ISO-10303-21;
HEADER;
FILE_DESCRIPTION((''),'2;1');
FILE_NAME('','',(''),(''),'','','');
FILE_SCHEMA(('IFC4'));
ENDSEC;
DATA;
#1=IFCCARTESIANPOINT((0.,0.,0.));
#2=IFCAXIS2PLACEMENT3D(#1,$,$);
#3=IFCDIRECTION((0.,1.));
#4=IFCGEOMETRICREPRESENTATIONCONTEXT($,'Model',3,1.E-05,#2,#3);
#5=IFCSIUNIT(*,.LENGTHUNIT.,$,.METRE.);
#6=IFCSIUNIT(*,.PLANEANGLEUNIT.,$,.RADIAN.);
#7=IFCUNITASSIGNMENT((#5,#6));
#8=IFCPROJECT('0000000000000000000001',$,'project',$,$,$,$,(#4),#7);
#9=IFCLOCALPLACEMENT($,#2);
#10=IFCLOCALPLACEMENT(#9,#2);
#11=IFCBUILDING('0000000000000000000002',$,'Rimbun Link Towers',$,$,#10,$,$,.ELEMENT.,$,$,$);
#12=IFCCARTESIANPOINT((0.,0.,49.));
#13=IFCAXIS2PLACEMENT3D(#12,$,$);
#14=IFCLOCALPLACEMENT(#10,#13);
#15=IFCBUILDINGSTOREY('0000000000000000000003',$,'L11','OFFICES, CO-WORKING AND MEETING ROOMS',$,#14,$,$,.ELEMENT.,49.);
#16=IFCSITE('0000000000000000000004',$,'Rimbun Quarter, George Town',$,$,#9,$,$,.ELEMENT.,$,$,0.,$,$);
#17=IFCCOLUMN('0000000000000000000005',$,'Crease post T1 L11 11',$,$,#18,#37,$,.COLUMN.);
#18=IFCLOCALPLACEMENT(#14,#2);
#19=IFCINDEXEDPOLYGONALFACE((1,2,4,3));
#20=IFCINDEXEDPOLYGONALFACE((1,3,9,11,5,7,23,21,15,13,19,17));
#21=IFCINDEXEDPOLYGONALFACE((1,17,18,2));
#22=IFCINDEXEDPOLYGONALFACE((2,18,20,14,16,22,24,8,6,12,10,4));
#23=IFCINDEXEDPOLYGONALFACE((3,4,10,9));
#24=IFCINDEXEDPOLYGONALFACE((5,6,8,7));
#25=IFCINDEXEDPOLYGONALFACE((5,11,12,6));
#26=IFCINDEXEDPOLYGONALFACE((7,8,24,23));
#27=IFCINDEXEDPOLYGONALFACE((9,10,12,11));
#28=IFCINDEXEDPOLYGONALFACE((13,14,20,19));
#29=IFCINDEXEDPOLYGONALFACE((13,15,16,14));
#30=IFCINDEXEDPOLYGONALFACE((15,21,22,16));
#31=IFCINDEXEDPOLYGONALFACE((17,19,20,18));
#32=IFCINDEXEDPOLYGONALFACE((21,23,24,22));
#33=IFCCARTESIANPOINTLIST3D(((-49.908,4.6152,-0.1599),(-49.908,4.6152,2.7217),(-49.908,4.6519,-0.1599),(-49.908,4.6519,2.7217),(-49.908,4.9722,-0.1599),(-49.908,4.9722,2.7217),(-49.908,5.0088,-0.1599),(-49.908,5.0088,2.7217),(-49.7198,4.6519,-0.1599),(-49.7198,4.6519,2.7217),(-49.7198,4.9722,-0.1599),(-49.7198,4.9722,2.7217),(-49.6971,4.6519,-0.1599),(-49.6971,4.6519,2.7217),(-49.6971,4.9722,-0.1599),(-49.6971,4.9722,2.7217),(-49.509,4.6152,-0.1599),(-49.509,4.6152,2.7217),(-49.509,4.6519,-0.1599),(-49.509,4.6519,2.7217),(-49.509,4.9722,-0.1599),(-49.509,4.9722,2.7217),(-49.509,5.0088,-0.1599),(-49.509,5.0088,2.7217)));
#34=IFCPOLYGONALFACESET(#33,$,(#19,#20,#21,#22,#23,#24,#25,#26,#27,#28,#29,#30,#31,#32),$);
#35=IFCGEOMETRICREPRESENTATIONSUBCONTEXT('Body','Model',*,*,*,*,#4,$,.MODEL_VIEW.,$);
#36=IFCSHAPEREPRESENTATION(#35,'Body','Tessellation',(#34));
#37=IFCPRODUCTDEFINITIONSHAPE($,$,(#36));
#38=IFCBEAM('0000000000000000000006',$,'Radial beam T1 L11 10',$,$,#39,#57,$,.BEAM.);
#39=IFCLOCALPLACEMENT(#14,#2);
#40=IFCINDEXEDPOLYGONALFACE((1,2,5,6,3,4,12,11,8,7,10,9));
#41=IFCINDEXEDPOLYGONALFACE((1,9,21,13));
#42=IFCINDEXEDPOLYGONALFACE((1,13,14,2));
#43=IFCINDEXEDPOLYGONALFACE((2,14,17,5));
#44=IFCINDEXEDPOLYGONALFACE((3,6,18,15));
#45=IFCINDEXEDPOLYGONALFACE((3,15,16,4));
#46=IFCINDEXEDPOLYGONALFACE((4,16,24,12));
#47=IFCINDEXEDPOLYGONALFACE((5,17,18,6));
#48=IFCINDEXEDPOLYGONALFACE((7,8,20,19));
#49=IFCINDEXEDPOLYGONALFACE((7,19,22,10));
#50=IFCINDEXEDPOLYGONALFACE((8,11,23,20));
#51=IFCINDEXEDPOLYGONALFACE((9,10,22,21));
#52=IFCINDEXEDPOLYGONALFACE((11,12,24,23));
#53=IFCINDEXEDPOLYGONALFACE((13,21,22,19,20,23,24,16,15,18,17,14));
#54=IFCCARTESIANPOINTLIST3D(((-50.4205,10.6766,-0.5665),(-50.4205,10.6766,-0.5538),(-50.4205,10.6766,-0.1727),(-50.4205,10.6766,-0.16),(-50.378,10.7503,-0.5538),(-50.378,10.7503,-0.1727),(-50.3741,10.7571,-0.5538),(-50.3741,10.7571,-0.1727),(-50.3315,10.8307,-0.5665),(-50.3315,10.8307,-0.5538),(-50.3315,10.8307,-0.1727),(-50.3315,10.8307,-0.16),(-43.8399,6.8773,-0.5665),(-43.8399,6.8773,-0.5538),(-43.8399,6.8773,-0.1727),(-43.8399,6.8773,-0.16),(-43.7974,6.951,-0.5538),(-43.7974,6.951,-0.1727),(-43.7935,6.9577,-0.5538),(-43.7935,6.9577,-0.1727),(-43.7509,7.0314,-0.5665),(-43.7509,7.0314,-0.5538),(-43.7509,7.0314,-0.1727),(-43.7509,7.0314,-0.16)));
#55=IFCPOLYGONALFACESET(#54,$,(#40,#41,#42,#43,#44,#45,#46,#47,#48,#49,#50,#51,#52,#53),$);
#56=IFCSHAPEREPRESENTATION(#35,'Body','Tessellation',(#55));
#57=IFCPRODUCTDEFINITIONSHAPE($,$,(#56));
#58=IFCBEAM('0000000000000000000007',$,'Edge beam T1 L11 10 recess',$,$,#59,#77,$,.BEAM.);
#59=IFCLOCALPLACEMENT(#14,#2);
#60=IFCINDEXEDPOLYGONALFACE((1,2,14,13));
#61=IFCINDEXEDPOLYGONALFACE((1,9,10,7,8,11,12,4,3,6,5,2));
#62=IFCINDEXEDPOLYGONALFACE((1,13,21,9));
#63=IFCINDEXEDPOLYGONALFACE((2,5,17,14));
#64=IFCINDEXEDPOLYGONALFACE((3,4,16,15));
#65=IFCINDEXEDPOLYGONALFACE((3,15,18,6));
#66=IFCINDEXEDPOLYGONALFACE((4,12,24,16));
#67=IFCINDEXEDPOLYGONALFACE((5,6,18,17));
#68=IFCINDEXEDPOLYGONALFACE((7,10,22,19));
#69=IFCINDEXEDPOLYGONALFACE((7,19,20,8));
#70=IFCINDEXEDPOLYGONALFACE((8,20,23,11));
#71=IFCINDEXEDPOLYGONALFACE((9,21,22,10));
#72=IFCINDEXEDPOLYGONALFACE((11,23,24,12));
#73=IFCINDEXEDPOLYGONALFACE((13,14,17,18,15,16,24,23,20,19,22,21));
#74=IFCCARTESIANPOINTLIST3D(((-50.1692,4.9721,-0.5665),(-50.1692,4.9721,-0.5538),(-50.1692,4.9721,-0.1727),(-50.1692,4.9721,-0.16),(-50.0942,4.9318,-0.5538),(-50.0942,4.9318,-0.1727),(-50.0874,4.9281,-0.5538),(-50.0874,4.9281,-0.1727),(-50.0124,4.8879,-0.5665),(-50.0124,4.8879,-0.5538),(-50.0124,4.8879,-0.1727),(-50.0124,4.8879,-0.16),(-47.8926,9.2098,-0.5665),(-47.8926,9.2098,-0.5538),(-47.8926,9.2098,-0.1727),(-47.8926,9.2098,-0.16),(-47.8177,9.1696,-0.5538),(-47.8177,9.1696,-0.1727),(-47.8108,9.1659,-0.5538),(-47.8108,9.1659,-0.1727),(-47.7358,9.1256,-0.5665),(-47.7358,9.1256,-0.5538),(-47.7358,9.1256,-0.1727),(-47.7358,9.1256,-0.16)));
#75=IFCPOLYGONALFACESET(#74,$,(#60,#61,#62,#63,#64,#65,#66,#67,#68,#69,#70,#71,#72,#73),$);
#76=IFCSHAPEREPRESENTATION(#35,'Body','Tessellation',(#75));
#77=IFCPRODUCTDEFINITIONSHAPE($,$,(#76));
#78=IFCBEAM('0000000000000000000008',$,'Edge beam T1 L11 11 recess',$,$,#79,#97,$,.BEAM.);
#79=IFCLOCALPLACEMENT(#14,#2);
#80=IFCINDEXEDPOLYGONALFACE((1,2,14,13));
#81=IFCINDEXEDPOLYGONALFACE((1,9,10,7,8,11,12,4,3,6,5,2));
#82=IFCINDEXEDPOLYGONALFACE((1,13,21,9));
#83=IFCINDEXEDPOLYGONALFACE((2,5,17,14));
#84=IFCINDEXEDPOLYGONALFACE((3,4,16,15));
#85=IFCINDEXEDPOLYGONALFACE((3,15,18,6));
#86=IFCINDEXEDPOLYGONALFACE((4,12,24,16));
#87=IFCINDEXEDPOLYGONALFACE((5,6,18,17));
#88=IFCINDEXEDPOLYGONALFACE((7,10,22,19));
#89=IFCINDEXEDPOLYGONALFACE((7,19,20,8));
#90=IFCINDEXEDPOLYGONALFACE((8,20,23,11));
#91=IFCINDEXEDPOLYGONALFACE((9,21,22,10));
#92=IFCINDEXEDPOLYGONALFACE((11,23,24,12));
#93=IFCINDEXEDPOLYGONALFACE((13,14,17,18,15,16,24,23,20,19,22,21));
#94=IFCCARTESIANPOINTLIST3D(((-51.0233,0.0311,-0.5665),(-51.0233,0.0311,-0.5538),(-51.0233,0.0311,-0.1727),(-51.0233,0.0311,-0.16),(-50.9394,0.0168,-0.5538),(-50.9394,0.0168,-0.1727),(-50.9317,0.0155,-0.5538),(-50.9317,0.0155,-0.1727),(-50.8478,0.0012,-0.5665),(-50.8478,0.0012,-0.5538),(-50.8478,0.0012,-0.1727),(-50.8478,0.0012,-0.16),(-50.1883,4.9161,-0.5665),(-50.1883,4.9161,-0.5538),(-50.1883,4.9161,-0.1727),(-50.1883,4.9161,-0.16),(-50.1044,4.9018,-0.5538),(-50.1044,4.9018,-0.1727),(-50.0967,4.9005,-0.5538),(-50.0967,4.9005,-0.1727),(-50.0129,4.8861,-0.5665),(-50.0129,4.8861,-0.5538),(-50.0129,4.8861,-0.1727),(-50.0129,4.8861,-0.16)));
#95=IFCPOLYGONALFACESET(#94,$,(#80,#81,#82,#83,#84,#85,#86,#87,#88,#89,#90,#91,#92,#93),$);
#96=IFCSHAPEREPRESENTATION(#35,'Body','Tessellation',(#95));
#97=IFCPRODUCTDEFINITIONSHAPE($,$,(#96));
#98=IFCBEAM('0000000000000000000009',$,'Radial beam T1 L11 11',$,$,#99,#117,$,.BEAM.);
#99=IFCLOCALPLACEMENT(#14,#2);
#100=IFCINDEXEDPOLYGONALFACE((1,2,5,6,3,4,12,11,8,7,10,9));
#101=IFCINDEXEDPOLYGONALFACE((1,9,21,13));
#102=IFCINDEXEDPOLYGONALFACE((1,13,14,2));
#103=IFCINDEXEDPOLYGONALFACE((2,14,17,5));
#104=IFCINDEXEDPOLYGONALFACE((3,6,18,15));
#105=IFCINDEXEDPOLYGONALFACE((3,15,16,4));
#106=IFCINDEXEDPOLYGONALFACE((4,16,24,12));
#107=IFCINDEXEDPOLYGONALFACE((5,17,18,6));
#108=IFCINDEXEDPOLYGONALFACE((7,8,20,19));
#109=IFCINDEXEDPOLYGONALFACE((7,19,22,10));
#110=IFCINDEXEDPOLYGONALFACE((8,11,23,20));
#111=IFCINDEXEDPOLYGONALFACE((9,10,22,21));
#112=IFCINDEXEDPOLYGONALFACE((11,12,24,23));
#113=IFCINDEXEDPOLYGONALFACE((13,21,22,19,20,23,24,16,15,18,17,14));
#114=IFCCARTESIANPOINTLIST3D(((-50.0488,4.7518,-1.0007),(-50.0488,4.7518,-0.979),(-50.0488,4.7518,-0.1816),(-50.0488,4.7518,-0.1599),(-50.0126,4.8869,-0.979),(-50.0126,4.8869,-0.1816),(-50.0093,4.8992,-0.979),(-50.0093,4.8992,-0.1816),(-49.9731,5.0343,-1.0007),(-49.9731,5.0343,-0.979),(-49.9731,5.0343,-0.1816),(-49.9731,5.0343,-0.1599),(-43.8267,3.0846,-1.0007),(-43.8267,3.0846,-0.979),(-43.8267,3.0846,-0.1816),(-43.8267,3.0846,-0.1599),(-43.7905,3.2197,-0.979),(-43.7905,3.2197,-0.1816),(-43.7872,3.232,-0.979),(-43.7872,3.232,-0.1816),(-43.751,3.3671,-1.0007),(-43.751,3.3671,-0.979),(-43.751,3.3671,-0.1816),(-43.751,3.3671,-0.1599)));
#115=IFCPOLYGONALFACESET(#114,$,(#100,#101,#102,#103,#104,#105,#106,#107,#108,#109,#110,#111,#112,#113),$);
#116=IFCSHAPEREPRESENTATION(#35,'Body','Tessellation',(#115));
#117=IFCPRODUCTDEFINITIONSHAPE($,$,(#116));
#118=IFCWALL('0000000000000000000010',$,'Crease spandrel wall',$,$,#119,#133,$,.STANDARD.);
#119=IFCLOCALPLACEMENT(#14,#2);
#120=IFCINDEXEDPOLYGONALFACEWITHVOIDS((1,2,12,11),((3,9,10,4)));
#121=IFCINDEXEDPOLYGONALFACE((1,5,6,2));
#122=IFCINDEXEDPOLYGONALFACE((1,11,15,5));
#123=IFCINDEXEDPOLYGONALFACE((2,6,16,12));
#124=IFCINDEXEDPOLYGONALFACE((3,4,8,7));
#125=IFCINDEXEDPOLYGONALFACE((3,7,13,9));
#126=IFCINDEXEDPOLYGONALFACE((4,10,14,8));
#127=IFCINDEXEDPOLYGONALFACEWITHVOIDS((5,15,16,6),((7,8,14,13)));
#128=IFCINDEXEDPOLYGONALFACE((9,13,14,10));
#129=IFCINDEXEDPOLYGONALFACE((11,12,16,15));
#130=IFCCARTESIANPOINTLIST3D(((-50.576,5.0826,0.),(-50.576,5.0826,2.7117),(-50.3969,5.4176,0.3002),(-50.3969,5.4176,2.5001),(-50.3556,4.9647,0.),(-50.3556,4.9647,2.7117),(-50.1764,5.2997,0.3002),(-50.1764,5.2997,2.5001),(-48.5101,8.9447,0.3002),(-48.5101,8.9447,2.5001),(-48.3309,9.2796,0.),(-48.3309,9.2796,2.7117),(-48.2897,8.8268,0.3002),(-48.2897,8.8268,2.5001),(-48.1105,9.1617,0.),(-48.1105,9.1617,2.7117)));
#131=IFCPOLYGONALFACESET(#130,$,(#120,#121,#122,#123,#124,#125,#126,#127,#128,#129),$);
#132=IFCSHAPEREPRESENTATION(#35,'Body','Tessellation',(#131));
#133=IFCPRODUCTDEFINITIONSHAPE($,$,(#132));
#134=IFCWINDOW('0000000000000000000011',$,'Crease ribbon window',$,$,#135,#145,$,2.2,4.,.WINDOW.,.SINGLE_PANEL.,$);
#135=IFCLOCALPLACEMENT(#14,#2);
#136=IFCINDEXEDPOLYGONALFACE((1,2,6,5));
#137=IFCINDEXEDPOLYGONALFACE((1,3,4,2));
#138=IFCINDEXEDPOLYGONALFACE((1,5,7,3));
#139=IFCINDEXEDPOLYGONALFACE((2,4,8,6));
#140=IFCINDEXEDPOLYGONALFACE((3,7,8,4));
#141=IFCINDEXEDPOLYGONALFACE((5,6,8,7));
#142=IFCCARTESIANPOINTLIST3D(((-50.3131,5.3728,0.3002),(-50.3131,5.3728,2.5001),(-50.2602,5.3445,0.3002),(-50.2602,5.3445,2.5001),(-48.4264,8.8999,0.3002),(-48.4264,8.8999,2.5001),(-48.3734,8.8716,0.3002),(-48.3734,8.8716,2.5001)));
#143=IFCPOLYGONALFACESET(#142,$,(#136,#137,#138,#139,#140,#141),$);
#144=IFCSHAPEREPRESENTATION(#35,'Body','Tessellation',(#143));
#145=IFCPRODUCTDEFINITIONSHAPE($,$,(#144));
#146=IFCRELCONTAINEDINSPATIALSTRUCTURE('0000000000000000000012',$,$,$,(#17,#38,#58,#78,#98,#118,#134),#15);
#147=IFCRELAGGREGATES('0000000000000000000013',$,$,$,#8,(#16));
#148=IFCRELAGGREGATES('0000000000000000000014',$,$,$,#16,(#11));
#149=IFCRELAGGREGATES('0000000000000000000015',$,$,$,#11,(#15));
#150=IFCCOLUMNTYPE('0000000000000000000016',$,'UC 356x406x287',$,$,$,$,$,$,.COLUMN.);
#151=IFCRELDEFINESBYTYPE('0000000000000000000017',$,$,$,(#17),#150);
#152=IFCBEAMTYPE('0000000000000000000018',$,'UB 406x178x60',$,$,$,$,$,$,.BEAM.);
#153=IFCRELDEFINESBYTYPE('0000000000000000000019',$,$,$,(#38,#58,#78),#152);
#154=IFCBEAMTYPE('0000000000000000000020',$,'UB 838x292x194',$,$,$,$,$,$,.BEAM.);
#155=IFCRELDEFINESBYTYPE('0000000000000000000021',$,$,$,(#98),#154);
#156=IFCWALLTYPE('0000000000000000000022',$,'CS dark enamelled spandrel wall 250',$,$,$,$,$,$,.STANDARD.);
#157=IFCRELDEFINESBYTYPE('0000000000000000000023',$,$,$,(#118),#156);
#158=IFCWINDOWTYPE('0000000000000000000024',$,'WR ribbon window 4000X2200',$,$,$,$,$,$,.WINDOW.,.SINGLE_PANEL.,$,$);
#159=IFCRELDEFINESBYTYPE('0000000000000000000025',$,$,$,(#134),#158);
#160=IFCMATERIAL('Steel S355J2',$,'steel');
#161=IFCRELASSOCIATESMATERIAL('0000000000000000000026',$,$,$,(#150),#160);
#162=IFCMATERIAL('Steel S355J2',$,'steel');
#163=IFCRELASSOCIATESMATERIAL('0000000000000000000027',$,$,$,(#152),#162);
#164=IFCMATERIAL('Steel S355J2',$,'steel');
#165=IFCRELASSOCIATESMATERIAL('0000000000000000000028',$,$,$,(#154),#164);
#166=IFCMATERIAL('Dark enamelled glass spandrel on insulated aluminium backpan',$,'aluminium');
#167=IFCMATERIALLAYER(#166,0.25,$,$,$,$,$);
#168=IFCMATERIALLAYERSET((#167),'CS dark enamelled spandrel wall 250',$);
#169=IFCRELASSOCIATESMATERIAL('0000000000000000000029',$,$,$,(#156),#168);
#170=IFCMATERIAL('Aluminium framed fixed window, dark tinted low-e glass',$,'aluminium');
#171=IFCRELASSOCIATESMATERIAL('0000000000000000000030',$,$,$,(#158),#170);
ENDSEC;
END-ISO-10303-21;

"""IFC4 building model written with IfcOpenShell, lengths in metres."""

from ifc_helpers import new_model, si_unit, direction, frame, frame_2d, origin, origin_2d, place, context, subcontext, project, spatial, rectangle, i_section, extrude, material, layer, layer_set, material_profile, profile_set, type_object, element, fill, save


model = new_model("IFC4")

# Units and contexts
model_context = context("Model", 3, precision=1e-05, world=origin(), true_north=direction((0.0, 1.0)))
body_context = subcontext(model_context, "Body", "Model", "MODEL_VIEW")
ifc_project = project(units=[si_unit("LENGTHUNIT", "METRE"), si_unit("PLANEANGLEUNIT", "RADIAN")], contexts=[model_context])

# Site, building, storey
site_placement = place(None, origin())
site = spatial("IfcSite", under=ifc_project, at=site_placement, Name="Rimbun Quarter, George Town", CompositionType="ELEMENT", RefElevation=0.0)
building_placement = place(site_placement, origin())
building = spatial("IfcBuilding", under=site, at=building_placement, Name="Rimbun Link Towers", CompositionType="ELEMENT")
storey_placement = place(building_placement, frame((0.0, 0.0, 49.0)))
storey = spatial("IfcBuildingStorey", under=building, at=storey_placement, Name="L11", Description="OFFICES, CO-WORKING AND MEETING ROOMS", CompositionType="ELEMENT", Elevation=49.0)

# Column
ifc_material_1 = material(Name="Steel S355J2", Category="steel")
ifc_material_profile_1 = material_profile(ifc_material_1, i_section(OverallWidth=0.3989, OverallDepth=0.3936, WebThickness=0.0227, FlangeThickness=0.0366, at=origin_2d()), Name="UC 356x406x287")
ifc_profile_set_1 = profile_set([ifc_material_profile_1], Name="Steel S355J2")
column_type = type_object("IfcColumnType", Name="UC 356x406x287", PredefinedType="COLUMN", material=ifc_profile_set_1)
column_placement = place(storey_placement, frame((-49.7085, 4.812, -0.1599), z_axis=(0.0, 0.0, 1.0), x_axis=(1.0, 0.0, 0.0)))
element("IfcColumn", 1, at=column_placement, inside=storey, type_object=column_type, Name="Crease post T1 L11 11", PredefinedType="COLUMN", context=body_context, shape_type="SweptSolid", body=[
    extrude(i_section(OverallWidth=0.3989, OverallDepth=0.3936, WebThickness=0.0227, FlangeThickness=0.0366, at=origin_2d()), origin(), (0.0, 0.0, 1.0), 2.8816),
])

# Beams
ifc_material_2 = material(Name="Steel S355J2", Category="steel")
ifc_material_profile_2 = material_profile(ifc_material_2, i_section(OverallWidth=0.178, OverallDepth=0.4065, WebThickness=0.0078, FlangeThickness=0.0127, at=origin_2d()), Name="UB 406x178x60")
ifc_profile_set_2 = profile_set([ifc_material_profile_2], Name="Steel S355J2")
beam_type_1 = type_object("IfcBeamType", Name="UB 406x178x60", PredefinedType="BEAM", material=ifc_profile_set_2)
beam_1_placement = place(storey_placement, frame((-43.7954, 6.9543, -0.3633), z_axis=(-0.866024, 0.500002, 0.0), x_axis=(-0.500002, -0.866024, 0.0)))
element("IfcBeam", 2, at=beam_1_placement, inside=storey, type_object=beam_type_1, Name="Radial beam T1 L11 10", PredefinedType="BEAM", context=body_context, shape_type="SweptSolid", body=[
    extrude(i_section(OverallWidth=0.178, OverallDepth=0.4065, WebThickness=0.0078, FlangeThickness=0.0127, at=origin_2d()), origin(), (0.0, 0.0, 1.0), 7.5986),
])
beam_2_placement = place(storey_placement, frame((-47.8142, 9.1677, -0.3633), z_axis=(-0.473249, -0.880929, 0.0), x_axis=(0.880929, -0.473249, 0.0)))
element("IfcBeam", 3, at=beam_2_placement, inside=storey, type_object=beam_type_1, Name="Edge beam T1 L11 10 recess", PredefinedType="BEAM", context=body_context, shape_type="SweptSolid", body=[
    extrude(i_section(OverallWidth=0.178, OverallDepth=0.4065, WebThickness=0.0078, FlangeThickness=0.0127, at=origin_2d()), origin(), (0.0, 0.0, 1.0), 4.8105),
])
beam_3_placement = place(storey_placement, frame((-50.1006, 4.9011, -0.3633), z_axis=(-0.16848, -0.985705, 0.0), x_axis=(0.985705, -0.16848, 0.0)))
element("IfcBeam", 4, at=beam_3_placement, inside=storey, type_object=beam_type_1, Name="Edge beam T1 L11 11 recess", PredefinedType="BEAM", context=body_context, shape_type="SweptSolid", body=[
    extrude(i_section(OverallWidth=0.178, OverallDepth=0.4065, WebThickness=0.0078, FlangeThickness=0.0127, at=origin_2d()), origin(), (0.0, 0.0, 1.0), 4.9558),
])
ifc_material_3 = material(Name="Steel S355J2", Category="steel")
ifc_material_profile_3 = material_profile(ifc_material_3, i_section(OverallWidth=0.2925, OverallDepth=0.8408, WebThickness=0.0127, FlangeThickness=0.0217, at=origin_2d()), Name="UB 838x292x194")
ifc_profile_set_3 = profile_set([ifc_material_profile_3], Name="Steel S355J2")
beam_type_2 = type_object("IfcBeamType", Name="UB 838x292x194", PredefinedType="BEAM", material=ifc_profile_set_3)
beam_4_placement = place(storey_placement, frame((-43.7888, 3.2258, -0.5803), z_axis=(-0.965925, 0.258821, 0.0), x_axis=(-0.258821, -0.965925, 0.0)))
element("IfcBeam", 5, at=beam_4_placement, inside=storey, type_object=beam_type_2, Name="Radial beam T1 L11 11", PredefinedType="BEAM", context=body_context, shape_type="SweptSolid", body=[
    extrude(i_section(OverallWidth=0.2925, OverallDepth=0.8408, WebThickness=0.0127, FlangeThickness=0.0217, at=origin_2d()), origin(), (0.0, 0.0, 1.0), 6.4417),
])

# Wall, opening, window
ifc_material_4 = material(Name="Dark enamelled glass spandrel on insulated aluminium backpan", Category="aluminium")
ifc_layer_1 = layer(ifc_material_4, 0.25)
ifc_layer_set_1 = layer_set([ifc_layer_1], Name="CS dark enamelled spandrel wall 250")
wall_type_1 = type_object("IfcWallType", Name="CS dark enamelled spandrel wall 250", PredefinedType="STANDARD", material=ifc_layer_set_1)
wall_1_placement = place(storey_placement, frame((-50.4658, 5.0237, 0.0), z_axis=(0.0, 0.0, 1.0), x_axis=(0.471685, 0.881767, 0.0)))
wall_1 = element("IfcWall", 6, at=wall_1_placement, inside=storey, type_object=wall_type_1, Name="Crease spandrel wall", PredefinedType="STANDARD", context=body_context, shape_type="SweptSolid", body=[
    extrude(rectangle(XDim=4.7598, YDim=0.25, at=frame_2d((2.3799, 0.0))), origin(), (0.0, 0.0, 1.0), 2.7117),
])
opening_1_placement = place(wall_1_placement, frame((0.3799, 0.0, 0.3)))
opening_1 = element("IfcOpeningElement", 7, at=opening_1_placement, cuts=wall_1, PredefinedType="OPENING", context=body_context, shape_type="SweptSolid", body=[
    extrude(rectangle(XDim=4.0, YDim=2.2, at=frame_2d((2.0, 1.1001))), frame((0.0, 0.135, 0.0), z_axis=(0.0, -1.0, 0.0), x_axis=(1.0, 0.0, 0.0)), (0.0, 0.0, 1.0), 0.27),
])
ifc_material_5 = material(Name="Aluminium framed fixed window, dark tinted low-e glass", Category="aluminium")
window_type_1 = type_object("IfcWindowType", Name="WR ribbon window 4000X2200", PartitioningType="SINGLE_PANEL", PredefinedType="WINDOW", material=ifc_material_5)
window_1_placement = place(opening_1_placement, origin())
window_1 = element("IfcWindow", 8, at=window_1_placement, inside=storey, type_object=window_type_1, Name="Crease ribbon window", OverallHeight=2.2, OverallWidth=4.0, PartitioningType="SINGLE_PANEL", PredefinedType="WINDOW", context=body_context, shape_type="SweptSolid", body=[
    extrude(rectangle(XDim=4.0, YDim=2.2, at=frame_2d((2.0, 1.1001))), frame((0.0, 0.03, 0.0), z_axis=(0.0, -1.0, 0.0), x_axis=(1.0, 0.0, 0.0)), (0.0, 0.0, 1.0), 0.0601),
])
fill(opening_1, window_1)

save(model, "model.ifc")
